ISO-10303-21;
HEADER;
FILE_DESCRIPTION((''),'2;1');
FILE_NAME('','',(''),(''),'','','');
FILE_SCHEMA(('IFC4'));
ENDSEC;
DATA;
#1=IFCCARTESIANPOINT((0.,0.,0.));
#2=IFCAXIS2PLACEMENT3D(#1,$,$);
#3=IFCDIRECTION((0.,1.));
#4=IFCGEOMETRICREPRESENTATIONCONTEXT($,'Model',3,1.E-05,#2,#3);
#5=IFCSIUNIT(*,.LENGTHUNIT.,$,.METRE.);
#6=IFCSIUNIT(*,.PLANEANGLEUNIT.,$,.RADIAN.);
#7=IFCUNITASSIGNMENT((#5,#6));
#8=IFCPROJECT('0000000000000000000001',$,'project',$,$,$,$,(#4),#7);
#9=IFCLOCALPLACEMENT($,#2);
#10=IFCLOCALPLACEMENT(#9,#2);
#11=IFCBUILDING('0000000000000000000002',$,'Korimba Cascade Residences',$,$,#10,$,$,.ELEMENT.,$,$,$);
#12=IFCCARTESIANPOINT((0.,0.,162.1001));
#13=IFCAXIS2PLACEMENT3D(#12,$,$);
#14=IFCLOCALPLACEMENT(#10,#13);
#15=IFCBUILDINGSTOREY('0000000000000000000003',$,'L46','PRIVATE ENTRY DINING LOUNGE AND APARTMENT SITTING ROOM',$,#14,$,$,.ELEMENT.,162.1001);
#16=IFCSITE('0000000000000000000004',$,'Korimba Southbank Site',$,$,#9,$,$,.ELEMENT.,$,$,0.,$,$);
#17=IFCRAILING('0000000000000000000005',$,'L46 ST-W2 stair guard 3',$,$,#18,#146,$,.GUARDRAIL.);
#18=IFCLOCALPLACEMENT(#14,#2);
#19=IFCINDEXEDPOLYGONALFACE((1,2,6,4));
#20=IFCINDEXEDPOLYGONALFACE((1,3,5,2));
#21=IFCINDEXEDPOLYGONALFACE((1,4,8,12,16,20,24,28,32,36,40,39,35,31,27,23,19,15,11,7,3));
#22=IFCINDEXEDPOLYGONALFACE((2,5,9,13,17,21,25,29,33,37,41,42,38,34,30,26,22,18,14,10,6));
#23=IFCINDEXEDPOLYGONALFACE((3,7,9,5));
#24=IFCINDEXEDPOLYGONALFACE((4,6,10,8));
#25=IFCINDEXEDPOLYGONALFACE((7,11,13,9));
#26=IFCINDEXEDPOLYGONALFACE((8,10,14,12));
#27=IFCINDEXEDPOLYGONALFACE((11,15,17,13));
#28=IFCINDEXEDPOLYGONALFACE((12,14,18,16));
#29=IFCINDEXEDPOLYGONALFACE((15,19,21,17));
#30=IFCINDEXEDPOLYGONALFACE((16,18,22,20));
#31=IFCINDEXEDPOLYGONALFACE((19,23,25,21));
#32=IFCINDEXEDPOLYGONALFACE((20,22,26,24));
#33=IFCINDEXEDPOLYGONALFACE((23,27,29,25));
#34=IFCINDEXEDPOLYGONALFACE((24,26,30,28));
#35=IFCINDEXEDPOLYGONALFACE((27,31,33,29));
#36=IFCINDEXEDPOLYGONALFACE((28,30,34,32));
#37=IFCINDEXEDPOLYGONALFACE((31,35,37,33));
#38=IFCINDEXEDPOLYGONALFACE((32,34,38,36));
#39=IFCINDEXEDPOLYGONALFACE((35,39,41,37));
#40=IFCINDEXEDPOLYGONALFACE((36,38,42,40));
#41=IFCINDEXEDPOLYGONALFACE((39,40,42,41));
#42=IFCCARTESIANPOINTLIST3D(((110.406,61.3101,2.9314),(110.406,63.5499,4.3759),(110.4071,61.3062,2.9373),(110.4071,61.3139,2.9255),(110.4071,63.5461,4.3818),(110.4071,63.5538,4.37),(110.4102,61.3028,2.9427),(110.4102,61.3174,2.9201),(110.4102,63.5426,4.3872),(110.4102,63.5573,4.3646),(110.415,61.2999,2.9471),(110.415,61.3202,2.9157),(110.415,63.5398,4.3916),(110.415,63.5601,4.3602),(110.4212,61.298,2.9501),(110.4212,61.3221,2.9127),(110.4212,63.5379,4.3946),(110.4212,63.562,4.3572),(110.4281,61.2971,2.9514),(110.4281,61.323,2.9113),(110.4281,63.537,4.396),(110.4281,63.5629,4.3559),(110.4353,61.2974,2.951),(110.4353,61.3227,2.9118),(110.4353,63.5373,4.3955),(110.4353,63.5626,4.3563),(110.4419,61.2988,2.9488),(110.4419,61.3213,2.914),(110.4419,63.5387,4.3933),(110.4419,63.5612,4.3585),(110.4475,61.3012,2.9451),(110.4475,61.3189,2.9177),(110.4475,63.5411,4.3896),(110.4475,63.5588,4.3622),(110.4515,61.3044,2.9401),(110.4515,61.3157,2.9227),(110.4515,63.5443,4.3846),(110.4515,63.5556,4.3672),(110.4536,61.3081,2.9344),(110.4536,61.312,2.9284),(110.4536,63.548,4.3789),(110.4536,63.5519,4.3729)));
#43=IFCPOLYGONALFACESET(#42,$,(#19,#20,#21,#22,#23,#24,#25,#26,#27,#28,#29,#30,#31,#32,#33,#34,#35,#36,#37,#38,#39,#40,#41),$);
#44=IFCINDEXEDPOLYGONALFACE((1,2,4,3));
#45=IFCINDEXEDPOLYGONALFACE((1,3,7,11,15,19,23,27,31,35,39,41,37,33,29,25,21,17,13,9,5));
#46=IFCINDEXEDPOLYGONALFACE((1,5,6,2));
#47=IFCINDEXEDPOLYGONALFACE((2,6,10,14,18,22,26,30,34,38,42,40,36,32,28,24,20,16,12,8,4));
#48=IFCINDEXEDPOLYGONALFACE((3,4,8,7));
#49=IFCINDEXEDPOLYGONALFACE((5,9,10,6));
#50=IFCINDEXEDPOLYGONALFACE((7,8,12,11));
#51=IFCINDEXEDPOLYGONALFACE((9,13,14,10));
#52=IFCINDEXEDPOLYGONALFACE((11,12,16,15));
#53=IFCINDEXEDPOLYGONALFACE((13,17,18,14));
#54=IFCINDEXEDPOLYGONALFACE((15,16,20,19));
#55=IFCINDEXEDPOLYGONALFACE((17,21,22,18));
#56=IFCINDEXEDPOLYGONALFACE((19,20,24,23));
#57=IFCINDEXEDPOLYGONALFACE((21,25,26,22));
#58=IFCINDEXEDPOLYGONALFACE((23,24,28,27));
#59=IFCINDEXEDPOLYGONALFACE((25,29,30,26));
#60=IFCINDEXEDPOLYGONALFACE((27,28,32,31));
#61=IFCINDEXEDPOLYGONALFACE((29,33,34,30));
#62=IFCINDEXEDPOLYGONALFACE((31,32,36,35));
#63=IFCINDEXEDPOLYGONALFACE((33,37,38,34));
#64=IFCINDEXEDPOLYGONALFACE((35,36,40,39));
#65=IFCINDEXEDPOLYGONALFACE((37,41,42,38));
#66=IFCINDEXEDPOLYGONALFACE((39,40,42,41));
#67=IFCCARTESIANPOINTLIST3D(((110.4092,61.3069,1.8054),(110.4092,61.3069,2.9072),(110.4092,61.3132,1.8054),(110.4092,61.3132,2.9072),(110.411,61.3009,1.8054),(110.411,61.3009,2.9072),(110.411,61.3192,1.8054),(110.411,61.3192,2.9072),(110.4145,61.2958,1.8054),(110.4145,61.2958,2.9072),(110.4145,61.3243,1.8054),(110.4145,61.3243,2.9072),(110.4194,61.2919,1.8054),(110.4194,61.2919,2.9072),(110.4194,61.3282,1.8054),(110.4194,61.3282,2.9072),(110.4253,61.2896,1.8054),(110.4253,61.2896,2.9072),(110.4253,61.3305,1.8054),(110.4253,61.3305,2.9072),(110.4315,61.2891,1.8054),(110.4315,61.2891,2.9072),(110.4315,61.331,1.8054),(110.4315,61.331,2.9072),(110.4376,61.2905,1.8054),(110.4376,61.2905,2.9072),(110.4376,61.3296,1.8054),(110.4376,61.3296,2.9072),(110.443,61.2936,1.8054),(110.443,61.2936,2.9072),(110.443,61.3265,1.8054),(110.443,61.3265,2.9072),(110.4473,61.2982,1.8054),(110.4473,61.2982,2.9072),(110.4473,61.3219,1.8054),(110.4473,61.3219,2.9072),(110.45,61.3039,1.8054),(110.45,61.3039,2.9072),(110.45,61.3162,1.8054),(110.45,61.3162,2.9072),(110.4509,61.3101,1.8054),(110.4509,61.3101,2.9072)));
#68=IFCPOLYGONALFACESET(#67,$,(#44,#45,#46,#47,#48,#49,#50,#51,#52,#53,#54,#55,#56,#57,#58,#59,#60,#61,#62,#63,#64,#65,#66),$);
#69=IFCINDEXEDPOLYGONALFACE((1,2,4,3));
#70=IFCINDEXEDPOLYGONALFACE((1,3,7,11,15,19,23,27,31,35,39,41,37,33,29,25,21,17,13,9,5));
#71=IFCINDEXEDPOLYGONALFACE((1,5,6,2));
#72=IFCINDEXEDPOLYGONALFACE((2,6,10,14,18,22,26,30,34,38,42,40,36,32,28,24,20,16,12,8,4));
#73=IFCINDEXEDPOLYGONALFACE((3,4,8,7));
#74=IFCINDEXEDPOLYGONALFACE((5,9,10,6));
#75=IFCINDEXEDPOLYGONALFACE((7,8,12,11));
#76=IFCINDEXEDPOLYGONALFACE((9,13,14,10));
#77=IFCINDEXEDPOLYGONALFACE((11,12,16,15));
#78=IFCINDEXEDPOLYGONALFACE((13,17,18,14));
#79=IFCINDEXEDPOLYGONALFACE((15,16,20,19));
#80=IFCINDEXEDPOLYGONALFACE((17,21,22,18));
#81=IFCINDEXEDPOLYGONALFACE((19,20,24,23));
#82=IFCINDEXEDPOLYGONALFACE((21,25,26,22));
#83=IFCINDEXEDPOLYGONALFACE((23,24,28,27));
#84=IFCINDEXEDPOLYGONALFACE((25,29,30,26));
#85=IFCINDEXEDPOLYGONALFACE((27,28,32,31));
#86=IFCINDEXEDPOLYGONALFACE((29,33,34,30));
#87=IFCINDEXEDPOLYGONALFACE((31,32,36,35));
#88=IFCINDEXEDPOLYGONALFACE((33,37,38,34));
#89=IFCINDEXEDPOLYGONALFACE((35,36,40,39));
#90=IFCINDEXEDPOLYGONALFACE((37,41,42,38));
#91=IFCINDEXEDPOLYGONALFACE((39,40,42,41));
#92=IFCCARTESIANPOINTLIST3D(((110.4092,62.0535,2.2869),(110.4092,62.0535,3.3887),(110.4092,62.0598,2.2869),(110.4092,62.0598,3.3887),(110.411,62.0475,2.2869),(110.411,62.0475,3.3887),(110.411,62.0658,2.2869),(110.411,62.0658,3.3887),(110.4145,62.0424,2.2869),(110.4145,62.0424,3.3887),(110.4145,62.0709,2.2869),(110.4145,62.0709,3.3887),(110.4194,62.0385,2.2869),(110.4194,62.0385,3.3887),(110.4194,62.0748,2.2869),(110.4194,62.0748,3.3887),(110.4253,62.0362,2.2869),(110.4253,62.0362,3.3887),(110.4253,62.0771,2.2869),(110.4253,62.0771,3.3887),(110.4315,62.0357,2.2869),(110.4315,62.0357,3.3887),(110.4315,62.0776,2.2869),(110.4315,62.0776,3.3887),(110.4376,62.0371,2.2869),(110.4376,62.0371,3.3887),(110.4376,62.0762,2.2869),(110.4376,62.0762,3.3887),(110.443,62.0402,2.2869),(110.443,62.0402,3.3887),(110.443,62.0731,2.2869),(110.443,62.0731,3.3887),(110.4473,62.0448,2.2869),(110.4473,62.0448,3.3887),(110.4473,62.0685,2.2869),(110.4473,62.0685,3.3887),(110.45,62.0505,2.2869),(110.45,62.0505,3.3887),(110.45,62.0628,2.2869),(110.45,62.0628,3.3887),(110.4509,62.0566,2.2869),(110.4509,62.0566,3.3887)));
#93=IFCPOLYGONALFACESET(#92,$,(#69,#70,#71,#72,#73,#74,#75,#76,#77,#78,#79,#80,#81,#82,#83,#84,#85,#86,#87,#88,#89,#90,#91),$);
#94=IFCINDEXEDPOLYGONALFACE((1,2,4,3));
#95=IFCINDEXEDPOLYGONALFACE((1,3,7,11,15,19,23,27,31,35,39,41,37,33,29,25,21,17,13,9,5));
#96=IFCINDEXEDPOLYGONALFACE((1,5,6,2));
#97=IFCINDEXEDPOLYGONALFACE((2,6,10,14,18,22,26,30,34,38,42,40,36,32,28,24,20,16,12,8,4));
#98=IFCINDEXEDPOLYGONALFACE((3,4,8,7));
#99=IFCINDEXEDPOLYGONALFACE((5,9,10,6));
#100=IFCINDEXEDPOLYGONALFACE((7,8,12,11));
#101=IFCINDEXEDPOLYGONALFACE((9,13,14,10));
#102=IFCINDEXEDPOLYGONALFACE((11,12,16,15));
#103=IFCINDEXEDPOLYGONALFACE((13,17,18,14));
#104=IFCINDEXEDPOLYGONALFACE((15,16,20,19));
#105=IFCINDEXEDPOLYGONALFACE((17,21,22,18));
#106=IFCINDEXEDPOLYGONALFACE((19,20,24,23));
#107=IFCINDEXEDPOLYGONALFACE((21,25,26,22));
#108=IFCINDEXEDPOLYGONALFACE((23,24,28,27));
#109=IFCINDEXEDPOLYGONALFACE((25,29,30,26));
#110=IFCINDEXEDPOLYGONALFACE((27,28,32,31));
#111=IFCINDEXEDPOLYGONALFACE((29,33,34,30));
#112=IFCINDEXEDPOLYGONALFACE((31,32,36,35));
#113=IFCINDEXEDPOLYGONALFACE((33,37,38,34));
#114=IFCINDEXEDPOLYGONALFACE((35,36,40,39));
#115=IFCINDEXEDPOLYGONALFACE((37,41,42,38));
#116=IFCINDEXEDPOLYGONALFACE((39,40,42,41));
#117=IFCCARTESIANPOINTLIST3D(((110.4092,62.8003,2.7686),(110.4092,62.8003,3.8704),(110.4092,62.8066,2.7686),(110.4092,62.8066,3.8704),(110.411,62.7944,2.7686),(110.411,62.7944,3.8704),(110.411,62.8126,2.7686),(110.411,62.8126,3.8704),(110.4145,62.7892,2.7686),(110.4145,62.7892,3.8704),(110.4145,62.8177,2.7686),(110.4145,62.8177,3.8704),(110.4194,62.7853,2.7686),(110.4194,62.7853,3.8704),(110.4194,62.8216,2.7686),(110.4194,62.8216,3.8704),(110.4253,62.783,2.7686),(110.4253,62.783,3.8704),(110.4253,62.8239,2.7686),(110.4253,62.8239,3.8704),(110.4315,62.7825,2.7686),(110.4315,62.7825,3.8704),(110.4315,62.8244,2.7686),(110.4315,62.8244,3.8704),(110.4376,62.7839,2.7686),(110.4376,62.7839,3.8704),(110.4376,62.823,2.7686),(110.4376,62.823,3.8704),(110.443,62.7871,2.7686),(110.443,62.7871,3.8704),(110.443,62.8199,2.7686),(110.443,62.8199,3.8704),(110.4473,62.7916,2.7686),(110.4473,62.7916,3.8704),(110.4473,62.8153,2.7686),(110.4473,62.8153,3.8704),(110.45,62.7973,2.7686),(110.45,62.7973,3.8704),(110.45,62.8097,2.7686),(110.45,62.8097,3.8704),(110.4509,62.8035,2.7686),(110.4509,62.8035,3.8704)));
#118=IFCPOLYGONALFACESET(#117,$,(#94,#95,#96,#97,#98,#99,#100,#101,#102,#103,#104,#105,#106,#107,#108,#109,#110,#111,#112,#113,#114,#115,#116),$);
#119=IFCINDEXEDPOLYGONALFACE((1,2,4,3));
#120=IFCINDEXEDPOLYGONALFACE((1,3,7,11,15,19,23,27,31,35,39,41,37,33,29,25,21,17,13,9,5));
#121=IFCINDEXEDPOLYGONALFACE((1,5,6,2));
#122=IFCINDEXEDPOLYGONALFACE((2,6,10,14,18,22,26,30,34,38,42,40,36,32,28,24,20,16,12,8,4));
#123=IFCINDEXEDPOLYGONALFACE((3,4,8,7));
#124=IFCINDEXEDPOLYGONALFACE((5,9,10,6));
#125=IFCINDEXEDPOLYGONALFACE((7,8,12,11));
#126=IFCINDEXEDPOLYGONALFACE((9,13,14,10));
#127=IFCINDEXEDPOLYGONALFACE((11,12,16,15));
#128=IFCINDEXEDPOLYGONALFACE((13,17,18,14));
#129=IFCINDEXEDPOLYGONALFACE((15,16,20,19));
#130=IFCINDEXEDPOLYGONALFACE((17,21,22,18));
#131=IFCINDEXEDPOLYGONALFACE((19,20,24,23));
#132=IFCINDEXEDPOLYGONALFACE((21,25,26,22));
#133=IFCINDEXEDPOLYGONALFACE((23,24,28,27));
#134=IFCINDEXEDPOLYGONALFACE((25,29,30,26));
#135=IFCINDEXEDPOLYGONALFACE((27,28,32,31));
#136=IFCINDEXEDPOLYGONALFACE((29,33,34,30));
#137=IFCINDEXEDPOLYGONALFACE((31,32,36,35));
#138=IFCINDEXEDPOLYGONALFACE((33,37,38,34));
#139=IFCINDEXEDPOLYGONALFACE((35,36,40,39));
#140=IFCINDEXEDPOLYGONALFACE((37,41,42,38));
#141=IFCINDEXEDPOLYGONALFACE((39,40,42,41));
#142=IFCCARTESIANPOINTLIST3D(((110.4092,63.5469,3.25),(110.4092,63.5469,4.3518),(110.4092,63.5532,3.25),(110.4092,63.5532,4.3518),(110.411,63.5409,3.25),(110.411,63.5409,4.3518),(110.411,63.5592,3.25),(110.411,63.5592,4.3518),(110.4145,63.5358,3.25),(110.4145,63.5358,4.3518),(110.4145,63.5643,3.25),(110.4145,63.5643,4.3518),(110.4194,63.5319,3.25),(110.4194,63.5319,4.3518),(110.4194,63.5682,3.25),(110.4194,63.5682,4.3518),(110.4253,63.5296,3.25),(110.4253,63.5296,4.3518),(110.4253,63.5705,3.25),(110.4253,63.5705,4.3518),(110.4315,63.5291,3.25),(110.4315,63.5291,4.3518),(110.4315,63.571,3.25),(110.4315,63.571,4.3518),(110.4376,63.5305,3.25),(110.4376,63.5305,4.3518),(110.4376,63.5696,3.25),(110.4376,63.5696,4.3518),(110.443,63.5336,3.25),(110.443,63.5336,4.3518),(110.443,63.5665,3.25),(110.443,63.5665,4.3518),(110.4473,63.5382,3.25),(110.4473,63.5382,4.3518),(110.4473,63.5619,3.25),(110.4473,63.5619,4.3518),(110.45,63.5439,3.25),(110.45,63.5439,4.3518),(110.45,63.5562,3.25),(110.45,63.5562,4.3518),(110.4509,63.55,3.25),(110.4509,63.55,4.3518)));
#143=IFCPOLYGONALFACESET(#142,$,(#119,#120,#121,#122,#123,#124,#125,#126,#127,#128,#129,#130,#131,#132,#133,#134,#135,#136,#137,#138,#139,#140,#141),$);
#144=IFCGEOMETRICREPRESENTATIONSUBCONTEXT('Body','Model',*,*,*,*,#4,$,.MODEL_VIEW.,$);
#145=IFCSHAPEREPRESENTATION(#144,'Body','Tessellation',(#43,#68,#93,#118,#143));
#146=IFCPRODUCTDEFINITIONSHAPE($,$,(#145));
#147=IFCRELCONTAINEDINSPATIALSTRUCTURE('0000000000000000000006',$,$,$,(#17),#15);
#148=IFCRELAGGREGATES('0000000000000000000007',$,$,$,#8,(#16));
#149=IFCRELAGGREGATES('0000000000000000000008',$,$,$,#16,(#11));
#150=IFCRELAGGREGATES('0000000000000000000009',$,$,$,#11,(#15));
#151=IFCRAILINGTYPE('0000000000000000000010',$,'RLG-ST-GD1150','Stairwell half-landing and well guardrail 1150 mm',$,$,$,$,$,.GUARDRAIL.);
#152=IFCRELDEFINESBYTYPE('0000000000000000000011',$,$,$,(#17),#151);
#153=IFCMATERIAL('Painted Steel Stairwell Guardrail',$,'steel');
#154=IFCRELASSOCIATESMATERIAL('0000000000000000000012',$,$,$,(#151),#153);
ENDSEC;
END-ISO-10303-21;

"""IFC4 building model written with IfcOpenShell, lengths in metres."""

from ifc_helpers import new_model, si_unit, direction, frame, origin, origin_2d, place, context, subcontext, project, spatial, circle, extrude, material, type_object, element, save


model = new_model("IFC4")

# Units and contexts
model_context = context("Model", 3, precision=1e-05, world=origin(), true_north=direction((0.0, 1.0)))
body_context = subcontext(model_context, "Body", "Model", "MODEL_VIEW")
ifc_project = project(units=[si_unit("LENGTHUNIT", "METRE"), si_unit("PLANEANGLEUNIT", "RADIAN")], contexts=[model_context])

# Site, building, storey
site_placement = place(None, origin())
site = spatial("IfcSite", under=ifc_project, at=site_placement, Name="Korimba Southbank Site", CompositionType="ELEMENT", RefElevation=0.0)
building_placement = place(site_placement, origin())
building = spatial("IfcBuilding", under=site, at=building_placement, Name="Korimba Cascade Residences", CompositionType="ELEMENT")
storey_placement = place(building_placement, frame((0.0, 0.0, 162.1001)))
storey = spatial("IfcBuildingStorey", under=building, at=storey_placement, Name="L46", Description="PRIVATE ENTRY DINING LOUNGE AND APARTMENT SITTING ROOM", CompositionType="ELEMENT", Elevation=162.1001)

# Railing
ifc_material_1 = material(Name="Painted Steel Stairwell Guardrail", Category="steel")
railing_type_1 = type_object("IfcRailingType", Name="RLG-ST-GD1150", Description="Stairwell half-landing and well guardrail 1150 mm", PredefinedType="GUARDRAIL", material=ifc_material_1)
railing_1_placement = place(storey_placement, frame((110.4299, 61.3101, 1.8054)))
element("IfcRailing", 1, at=railing_1_placement, inside=storey, type_object=railing_type_1, Name="L46 ST-W2 stair guard 3", PredefinedType="GUARDRAIL", context=body_context, shape_type="SweptSolid", body=[
    extrude(circle(Radius=0.0239, at=origin_2d()), frame((0.0, 0.0, 1.126), z_axis=(0.0, 0.840395, 0.541975), x_axis=(-1.0, 0.0, 0.0)), (0.0, 0.0, 1.0), 2.6653),
    extrude(circle(Radius=0.021, at=origin_2d()), origin(), (0.0, 0.0, 1.0), 1.1018),
    extrude(circle(Radius=0.021, at=origin_2d()), frame((0.0, 0.7466, 0.4814)), (0.0, 0.0, 1.0), 1.1018),
    extrude(circle(Radius=0.021, at=origin_2d()), frame((0.0, 1.4934, 0.9631)), (0.0, 0.0, 1.0), 1.1018),
    extrude(circle(Radius=0.021, at=origin_2d()), frame((0.0, 2.24, 1.4446)), (0.0, 0.0, 1.0), 1.1018),
])

save(model, "model.ifc")
